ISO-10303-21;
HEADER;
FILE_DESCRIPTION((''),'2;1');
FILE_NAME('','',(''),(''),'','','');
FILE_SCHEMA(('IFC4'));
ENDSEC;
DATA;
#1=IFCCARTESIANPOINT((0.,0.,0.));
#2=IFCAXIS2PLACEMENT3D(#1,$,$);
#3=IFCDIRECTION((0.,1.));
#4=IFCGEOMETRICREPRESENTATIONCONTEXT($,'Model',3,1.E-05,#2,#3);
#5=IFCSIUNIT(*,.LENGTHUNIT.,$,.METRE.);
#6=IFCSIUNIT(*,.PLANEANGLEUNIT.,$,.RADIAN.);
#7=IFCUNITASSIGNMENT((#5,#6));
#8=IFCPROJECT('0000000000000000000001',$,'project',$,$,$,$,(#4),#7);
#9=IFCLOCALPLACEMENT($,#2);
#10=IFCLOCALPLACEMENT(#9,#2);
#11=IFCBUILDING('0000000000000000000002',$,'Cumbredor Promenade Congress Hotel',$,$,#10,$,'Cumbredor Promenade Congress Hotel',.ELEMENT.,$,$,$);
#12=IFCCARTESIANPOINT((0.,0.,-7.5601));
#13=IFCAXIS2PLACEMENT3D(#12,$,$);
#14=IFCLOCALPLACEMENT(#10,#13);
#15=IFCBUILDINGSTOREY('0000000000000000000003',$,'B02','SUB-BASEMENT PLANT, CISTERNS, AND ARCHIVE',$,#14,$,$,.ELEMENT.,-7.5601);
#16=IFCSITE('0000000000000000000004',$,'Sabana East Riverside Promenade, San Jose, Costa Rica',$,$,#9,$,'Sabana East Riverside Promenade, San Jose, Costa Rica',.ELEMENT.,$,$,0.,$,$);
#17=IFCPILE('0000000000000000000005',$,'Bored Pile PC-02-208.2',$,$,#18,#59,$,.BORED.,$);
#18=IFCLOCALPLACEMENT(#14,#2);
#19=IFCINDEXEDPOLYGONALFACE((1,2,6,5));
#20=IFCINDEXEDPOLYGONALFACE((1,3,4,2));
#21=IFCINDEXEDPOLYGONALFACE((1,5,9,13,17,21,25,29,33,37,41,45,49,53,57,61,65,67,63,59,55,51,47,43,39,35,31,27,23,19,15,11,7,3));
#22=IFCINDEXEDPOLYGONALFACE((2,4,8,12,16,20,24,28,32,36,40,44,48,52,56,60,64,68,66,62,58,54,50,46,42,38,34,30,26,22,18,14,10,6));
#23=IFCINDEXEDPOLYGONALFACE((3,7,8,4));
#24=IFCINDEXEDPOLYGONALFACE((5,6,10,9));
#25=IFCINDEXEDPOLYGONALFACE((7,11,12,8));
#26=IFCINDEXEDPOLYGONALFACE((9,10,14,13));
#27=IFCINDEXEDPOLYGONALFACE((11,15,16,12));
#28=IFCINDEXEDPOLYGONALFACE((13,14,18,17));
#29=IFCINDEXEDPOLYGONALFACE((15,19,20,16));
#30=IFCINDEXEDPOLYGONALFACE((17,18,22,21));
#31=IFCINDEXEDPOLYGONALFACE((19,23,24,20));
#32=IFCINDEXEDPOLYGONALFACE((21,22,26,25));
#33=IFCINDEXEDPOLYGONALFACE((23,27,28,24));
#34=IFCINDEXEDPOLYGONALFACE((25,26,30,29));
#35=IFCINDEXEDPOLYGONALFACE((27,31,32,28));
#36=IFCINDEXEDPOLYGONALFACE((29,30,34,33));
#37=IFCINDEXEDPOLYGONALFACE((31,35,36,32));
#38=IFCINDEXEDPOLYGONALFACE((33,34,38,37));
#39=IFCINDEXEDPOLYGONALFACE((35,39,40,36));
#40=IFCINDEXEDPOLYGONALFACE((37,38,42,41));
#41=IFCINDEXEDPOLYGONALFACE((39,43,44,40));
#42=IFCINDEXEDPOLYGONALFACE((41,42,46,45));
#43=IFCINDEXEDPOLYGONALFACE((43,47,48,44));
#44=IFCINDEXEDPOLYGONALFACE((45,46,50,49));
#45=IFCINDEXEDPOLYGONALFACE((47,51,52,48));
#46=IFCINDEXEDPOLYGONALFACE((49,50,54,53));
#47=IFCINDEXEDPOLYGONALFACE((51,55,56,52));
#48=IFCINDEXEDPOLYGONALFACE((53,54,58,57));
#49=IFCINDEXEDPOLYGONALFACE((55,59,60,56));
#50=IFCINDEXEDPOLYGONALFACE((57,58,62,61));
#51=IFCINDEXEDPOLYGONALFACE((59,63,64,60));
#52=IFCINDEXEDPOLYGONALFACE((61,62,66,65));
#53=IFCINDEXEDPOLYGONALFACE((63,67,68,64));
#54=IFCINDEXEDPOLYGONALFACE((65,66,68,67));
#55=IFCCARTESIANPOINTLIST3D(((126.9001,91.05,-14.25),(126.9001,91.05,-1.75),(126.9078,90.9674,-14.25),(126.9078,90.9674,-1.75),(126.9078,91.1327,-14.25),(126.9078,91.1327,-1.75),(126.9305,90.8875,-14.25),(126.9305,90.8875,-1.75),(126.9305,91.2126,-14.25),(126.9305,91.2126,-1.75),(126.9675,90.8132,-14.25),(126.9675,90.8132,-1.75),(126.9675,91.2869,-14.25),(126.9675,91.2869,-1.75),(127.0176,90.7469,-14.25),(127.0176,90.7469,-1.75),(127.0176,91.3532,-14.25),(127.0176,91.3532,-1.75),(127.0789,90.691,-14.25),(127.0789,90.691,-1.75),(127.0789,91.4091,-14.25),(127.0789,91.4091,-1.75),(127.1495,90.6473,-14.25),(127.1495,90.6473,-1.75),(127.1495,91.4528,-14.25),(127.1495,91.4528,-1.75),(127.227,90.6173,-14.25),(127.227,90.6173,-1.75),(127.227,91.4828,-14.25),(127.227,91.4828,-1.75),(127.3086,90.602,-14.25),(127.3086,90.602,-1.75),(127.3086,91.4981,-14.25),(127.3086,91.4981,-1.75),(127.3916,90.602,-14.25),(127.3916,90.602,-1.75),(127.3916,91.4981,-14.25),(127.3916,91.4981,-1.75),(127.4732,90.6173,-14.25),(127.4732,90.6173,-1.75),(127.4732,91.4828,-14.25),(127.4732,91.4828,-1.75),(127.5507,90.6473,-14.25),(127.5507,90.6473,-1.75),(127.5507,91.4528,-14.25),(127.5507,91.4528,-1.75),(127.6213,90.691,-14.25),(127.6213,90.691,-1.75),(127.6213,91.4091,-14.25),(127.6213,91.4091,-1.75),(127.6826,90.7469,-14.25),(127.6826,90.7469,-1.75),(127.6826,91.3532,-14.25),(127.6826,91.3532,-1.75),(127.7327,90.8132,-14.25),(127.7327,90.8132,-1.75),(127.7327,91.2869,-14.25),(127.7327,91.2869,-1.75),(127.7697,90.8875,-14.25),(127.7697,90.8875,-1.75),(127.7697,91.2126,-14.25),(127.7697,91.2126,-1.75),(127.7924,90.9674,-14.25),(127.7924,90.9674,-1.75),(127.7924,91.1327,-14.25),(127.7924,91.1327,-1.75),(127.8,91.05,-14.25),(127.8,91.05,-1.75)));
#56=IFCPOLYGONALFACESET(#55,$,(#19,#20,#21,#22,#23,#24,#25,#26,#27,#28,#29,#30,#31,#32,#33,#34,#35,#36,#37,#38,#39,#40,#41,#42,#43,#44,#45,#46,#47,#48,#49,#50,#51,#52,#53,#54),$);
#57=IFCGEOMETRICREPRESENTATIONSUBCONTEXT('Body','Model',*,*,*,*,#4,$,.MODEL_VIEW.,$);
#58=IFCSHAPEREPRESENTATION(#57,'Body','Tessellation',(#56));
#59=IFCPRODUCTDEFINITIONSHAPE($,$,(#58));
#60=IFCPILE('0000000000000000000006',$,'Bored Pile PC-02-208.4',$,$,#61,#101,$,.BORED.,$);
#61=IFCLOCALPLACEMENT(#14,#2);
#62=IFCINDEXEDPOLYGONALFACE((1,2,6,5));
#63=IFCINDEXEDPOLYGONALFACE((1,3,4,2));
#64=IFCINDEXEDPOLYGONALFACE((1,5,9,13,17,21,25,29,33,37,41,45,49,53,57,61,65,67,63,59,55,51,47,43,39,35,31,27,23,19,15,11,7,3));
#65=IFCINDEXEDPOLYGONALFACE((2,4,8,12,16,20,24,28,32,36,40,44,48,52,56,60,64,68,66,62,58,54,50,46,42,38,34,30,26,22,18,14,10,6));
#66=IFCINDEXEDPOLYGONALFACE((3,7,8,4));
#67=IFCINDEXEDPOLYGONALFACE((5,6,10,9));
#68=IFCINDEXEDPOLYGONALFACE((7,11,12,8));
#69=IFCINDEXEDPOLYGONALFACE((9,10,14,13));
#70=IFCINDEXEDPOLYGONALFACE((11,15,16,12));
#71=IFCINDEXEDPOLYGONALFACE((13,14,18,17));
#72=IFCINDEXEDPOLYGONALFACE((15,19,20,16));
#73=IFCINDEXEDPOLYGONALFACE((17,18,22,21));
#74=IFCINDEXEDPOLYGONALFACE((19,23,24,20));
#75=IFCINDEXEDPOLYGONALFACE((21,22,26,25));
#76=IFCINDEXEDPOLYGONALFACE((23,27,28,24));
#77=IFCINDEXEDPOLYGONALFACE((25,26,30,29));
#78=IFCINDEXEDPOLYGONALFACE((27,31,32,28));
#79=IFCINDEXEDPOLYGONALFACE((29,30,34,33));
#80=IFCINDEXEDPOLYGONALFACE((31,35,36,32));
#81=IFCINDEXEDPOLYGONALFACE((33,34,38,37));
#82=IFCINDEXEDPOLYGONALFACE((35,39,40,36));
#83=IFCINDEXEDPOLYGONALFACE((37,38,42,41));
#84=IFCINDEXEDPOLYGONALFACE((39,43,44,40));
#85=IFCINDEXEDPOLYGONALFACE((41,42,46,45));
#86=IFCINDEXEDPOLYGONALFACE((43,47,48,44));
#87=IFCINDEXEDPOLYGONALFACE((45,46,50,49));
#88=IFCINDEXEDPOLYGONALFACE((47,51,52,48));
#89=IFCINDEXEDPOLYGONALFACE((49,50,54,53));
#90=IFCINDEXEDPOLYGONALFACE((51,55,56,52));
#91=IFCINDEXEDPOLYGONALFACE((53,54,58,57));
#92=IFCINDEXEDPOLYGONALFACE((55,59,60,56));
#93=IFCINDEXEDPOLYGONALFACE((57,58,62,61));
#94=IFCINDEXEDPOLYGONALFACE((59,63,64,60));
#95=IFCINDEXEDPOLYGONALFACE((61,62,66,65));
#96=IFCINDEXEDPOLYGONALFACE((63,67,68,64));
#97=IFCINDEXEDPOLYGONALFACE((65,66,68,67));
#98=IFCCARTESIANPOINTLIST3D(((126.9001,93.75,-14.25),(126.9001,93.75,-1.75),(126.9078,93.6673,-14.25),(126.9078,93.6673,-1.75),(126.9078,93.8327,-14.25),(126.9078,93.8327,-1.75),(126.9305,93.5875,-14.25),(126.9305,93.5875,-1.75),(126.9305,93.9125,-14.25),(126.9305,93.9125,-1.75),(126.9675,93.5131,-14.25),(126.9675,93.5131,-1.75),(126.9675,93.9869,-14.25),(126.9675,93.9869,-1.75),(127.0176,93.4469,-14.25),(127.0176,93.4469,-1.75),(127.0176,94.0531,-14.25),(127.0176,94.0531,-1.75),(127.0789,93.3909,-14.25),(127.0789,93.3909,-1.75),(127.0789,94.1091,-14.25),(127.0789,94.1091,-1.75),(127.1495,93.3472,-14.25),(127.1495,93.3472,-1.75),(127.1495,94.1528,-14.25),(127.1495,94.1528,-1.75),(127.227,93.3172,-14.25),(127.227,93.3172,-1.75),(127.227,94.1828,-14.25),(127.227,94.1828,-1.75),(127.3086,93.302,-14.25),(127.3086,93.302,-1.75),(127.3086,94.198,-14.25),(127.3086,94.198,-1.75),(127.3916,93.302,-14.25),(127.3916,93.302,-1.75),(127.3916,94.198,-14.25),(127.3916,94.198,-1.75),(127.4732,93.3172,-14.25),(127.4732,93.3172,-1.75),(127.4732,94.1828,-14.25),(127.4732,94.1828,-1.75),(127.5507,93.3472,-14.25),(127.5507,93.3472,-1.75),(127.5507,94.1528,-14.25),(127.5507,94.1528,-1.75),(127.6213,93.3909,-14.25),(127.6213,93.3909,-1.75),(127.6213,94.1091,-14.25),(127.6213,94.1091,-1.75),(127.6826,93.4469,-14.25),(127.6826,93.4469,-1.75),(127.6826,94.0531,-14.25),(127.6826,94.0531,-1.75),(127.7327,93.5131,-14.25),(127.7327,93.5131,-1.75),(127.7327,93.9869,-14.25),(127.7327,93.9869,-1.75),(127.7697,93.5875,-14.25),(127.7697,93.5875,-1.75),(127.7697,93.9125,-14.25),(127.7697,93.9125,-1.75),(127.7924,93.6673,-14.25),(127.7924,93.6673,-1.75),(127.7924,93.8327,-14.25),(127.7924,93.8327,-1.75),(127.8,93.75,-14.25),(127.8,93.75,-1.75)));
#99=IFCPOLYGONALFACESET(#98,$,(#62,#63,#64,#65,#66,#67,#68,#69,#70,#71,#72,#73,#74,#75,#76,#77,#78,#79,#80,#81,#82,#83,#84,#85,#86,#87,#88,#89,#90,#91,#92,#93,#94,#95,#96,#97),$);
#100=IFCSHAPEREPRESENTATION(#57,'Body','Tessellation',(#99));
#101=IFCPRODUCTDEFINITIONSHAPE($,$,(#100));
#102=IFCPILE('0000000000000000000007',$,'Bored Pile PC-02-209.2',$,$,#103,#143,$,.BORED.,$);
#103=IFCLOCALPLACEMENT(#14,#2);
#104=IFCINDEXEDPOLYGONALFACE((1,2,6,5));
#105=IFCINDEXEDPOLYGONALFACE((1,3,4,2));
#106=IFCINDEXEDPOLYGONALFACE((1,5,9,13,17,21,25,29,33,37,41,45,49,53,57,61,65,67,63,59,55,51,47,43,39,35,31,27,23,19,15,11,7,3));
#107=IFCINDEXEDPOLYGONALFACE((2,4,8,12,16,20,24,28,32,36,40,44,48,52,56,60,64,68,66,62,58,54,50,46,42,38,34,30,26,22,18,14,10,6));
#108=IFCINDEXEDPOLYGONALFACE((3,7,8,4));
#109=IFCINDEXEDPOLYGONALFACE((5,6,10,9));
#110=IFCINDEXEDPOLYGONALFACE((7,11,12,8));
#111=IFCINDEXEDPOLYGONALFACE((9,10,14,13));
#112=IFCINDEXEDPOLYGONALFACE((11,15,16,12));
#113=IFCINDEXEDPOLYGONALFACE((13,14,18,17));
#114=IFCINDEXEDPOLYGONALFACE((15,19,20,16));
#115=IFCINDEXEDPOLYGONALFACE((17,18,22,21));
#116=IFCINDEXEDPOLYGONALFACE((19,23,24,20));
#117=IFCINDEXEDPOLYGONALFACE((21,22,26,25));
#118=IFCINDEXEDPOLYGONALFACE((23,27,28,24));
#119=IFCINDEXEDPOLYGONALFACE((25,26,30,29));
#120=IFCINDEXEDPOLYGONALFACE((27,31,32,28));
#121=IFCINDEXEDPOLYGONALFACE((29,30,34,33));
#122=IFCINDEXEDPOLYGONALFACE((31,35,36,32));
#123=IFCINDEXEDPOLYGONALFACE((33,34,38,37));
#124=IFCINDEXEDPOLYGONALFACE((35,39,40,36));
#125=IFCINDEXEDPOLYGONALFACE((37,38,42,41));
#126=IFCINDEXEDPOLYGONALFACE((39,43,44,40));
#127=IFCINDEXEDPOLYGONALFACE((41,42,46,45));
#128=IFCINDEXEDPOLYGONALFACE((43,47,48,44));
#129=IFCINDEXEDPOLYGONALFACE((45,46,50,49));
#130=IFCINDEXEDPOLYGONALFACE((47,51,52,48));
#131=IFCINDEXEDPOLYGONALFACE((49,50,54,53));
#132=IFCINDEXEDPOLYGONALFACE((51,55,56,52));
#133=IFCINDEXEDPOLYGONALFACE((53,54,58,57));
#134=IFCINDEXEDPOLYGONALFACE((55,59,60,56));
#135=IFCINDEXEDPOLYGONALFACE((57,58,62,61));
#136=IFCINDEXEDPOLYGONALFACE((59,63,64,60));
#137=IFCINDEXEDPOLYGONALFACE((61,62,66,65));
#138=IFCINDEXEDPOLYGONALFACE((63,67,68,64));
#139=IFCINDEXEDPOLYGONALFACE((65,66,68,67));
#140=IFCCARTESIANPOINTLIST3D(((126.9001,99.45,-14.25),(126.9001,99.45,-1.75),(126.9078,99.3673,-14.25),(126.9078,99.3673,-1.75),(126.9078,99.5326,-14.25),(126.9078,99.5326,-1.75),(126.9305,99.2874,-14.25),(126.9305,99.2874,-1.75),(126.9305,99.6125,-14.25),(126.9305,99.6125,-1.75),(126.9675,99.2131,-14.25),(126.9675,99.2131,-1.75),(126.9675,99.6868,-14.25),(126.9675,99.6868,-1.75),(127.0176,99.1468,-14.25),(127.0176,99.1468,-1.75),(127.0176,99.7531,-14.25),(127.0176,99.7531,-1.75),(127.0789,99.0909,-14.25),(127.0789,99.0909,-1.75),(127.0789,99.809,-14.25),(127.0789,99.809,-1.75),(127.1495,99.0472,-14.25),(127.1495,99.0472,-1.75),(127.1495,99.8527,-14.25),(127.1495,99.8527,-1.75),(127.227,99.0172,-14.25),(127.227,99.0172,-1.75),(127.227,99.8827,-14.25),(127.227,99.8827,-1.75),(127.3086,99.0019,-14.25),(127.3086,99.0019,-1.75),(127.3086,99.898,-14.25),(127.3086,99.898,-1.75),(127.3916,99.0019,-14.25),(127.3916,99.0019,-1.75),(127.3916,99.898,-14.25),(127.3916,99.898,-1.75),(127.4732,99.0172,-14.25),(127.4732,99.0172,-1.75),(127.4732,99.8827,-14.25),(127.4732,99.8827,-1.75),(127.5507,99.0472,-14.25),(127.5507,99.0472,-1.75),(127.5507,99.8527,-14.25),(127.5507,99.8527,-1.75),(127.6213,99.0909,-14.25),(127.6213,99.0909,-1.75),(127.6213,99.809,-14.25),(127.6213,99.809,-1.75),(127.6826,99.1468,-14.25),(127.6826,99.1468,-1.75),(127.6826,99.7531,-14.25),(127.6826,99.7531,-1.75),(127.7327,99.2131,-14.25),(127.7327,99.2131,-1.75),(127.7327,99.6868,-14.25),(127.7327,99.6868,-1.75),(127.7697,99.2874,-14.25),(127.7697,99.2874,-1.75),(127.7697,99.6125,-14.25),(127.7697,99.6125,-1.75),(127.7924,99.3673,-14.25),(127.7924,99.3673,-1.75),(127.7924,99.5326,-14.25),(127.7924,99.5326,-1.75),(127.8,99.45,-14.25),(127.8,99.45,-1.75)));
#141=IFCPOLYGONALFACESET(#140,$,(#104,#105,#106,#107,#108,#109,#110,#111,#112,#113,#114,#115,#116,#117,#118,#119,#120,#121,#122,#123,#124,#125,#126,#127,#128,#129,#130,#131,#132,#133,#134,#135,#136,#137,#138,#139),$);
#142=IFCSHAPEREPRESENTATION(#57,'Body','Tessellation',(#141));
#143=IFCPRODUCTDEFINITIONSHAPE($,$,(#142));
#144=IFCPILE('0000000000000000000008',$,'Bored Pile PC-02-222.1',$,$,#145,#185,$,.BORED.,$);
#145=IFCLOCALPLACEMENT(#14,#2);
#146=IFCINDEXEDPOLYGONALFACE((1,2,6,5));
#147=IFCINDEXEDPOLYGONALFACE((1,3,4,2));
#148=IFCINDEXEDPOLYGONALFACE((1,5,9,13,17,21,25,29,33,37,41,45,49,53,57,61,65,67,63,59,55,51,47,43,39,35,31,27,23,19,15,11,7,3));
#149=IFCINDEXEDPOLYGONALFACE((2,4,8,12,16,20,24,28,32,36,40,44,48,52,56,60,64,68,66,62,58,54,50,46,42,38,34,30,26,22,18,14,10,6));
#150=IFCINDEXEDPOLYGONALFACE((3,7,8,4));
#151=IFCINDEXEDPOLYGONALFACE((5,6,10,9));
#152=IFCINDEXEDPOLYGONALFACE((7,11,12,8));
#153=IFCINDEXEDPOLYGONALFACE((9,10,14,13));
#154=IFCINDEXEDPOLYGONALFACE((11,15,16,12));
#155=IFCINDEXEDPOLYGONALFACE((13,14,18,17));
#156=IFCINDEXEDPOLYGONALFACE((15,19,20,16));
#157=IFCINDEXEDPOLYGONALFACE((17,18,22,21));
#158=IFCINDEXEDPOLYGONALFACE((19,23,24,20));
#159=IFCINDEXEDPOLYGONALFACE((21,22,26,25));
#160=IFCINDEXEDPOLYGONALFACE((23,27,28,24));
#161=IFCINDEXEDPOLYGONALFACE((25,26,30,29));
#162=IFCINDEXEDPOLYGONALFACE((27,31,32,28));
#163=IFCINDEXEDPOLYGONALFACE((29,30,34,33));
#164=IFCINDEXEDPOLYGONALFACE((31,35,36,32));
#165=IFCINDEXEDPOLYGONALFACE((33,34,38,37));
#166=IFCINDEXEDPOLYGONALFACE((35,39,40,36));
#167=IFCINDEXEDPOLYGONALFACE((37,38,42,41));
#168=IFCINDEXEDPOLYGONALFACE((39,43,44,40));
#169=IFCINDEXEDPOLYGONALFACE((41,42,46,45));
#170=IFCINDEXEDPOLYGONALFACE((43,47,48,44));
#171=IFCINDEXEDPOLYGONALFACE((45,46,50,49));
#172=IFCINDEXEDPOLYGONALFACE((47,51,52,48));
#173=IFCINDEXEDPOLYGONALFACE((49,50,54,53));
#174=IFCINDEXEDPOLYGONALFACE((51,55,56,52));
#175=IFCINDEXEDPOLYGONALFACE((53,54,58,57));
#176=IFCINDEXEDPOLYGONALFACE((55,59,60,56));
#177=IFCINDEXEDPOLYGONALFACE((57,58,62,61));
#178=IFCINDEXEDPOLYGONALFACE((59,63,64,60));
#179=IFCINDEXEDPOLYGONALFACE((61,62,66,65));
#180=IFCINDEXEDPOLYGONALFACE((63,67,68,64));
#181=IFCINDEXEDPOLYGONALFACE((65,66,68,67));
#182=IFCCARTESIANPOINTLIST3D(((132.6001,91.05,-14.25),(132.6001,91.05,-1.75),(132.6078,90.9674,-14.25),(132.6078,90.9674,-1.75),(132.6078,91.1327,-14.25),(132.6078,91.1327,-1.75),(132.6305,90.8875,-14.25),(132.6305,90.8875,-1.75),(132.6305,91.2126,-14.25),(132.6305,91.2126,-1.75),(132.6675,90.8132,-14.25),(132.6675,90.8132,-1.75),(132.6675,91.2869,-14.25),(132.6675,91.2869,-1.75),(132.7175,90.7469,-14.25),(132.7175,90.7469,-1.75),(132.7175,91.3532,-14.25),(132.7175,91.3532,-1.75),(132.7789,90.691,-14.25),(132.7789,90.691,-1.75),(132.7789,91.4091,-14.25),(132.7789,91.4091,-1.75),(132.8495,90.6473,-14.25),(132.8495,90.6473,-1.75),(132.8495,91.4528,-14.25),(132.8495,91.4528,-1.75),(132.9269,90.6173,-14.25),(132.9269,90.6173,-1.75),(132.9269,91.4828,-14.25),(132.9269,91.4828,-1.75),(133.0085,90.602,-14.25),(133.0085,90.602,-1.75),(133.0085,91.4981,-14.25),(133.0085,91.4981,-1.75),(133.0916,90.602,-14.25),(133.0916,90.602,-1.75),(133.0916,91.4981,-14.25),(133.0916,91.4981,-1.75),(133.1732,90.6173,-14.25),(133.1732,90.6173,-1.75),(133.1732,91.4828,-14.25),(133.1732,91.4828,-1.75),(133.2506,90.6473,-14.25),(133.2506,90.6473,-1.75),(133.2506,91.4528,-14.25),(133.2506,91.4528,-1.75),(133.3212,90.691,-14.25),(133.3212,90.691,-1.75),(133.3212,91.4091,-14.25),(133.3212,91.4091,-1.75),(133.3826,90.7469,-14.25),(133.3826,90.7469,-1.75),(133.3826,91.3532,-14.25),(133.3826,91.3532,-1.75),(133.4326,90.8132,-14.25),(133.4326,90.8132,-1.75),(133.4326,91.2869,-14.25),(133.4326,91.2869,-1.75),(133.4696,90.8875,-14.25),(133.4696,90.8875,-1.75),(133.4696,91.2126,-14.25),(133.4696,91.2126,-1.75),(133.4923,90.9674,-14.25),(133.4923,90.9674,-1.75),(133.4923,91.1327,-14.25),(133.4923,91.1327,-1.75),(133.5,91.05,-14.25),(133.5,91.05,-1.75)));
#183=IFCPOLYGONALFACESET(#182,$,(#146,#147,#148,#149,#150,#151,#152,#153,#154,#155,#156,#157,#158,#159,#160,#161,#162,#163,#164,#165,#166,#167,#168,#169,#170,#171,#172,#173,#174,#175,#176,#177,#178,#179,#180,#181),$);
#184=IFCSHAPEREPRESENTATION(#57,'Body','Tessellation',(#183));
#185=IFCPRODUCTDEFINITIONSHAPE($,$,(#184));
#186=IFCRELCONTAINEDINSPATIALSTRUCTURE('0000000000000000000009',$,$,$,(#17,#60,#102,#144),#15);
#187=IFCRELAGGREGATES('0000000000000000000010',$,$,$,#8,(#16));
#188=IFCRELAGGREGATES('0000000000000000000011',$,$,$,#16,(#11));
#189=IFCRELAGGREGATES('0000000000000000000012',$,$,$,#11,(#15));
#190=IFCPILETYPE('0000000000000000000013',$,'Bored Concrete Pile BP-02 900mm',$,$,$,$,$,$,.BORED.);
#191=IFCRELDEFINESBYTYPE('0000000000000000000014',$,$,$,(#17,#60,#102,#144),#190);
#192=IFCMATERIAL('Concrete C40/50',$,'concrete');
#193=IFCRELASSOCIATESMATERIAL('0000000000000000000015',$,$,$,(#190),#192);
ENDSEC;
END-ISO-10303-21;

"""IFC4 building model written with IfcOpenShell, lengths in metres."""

from ifc_helpers import new_model, si_unit, direction, frame, origin, origin_2d, place, context, subcontext, project, spatial, circle, extrude, material, material_profile, profile_set, type_object, element, save


model = new_model("IFC4")

# Units and contexts
model_context = context("Model", 3, precision=1e-05, world=origin(), true_north=direction((0.0, 1.0)))
body_context = subcontext(model_context, "Body", "Model", "MODEL_VIEW")
ifc_project = project(units=[si_unit("LENGTHUNIT", "METRE"), si_unit("PLANEANGLEUNIT", "RADIAN")], contexts=[model_context])

# Site, building, storey
site_placement = place(None, origin())
site = spatial("IfcSite", under=ifc_project, at=site_placement, Name="Sabana East Riverside Promenade, San Jose, Costa Rica", LongName="Sabana East Riverside Promenade, San Jose, Costa Rica", CompositionType="ELEMENT", RefElevation=0.0)
building_placement = place(site_placement, origin())
building = spatial("IfcBuilding", under=site, at=building_placement, Name="Cumbredor Promenade Congress Hotel", LongName="Cumbredor Promenade Congress Hotel", CompositionType="ELEMENT")
storey_placement = place(building_placement, frame((0.0, 0.0, -7.5601)))
storey = spatial("IfcBuildingStorey", under=building, at=storey_placement, Name="B02", Description="SUB-BASEMENT PLANT, CISTERNS, AND ARCHIVE", CompositionType="ELEMENT", Elevation=-7.5601)

# Piles
ifc_material_1 = material(Name="Concrete C40/50", Category="concrete")
ifc_material_profile_1 = material_profile(ifc_material_1, circle(Radius=0.45, at=origin_2d()), Name="PILE D900")
ifc_profile_set_1 = profile_set([ifc_material_profile_1], Name="Concrete C40/50")
pile_type = type_object("IfcPileType", Name="Bored Concrete Pile BP-02 900mm", PredefinedType="BORED", material=ifc_profile_set_1)
for number, where, z_axis, x_axis, name in (
    (1, (127.3501, 91.05, -1.75), (0.0, 0.0, -1.0), (1.0, 0.0, 0.0), "Bored Pile PC-02-208.2"),
    (2, (127.3501, 93.75, -1.75), (0.0, 0.0, -1.0), (1.0, 0.0, 0.0), "Bored Pile PC-02-208.4"),
    (3, (127.3501, 99.45, -1.75), (0.0, 0.0, -1.0), (1.0, 0.0, 0.0), "Bored Pile PC-02-209.2"),
    (4, (133.05, 91.05, -1.75), (0.0, 0.0, -1.0), (1.0, 0.0, 0.0), "Bored Pile PC-02-222.1"),
):
    element("IfcPile", number, at=place(storey_placement, frame(where, z_axis=z_axis, x_axis=x_axis)), inside=storey, type_object=pile_type, Name=name, PredefinedType="BORED", context=body_context, shape_type="SweptSolid", body=[
        extrude(circle(Radius=0.45, at=origin_2d()), origin(), (0.0, 0.0, 1.0), 12.5),
    ])

save(model, "model.ifc")
